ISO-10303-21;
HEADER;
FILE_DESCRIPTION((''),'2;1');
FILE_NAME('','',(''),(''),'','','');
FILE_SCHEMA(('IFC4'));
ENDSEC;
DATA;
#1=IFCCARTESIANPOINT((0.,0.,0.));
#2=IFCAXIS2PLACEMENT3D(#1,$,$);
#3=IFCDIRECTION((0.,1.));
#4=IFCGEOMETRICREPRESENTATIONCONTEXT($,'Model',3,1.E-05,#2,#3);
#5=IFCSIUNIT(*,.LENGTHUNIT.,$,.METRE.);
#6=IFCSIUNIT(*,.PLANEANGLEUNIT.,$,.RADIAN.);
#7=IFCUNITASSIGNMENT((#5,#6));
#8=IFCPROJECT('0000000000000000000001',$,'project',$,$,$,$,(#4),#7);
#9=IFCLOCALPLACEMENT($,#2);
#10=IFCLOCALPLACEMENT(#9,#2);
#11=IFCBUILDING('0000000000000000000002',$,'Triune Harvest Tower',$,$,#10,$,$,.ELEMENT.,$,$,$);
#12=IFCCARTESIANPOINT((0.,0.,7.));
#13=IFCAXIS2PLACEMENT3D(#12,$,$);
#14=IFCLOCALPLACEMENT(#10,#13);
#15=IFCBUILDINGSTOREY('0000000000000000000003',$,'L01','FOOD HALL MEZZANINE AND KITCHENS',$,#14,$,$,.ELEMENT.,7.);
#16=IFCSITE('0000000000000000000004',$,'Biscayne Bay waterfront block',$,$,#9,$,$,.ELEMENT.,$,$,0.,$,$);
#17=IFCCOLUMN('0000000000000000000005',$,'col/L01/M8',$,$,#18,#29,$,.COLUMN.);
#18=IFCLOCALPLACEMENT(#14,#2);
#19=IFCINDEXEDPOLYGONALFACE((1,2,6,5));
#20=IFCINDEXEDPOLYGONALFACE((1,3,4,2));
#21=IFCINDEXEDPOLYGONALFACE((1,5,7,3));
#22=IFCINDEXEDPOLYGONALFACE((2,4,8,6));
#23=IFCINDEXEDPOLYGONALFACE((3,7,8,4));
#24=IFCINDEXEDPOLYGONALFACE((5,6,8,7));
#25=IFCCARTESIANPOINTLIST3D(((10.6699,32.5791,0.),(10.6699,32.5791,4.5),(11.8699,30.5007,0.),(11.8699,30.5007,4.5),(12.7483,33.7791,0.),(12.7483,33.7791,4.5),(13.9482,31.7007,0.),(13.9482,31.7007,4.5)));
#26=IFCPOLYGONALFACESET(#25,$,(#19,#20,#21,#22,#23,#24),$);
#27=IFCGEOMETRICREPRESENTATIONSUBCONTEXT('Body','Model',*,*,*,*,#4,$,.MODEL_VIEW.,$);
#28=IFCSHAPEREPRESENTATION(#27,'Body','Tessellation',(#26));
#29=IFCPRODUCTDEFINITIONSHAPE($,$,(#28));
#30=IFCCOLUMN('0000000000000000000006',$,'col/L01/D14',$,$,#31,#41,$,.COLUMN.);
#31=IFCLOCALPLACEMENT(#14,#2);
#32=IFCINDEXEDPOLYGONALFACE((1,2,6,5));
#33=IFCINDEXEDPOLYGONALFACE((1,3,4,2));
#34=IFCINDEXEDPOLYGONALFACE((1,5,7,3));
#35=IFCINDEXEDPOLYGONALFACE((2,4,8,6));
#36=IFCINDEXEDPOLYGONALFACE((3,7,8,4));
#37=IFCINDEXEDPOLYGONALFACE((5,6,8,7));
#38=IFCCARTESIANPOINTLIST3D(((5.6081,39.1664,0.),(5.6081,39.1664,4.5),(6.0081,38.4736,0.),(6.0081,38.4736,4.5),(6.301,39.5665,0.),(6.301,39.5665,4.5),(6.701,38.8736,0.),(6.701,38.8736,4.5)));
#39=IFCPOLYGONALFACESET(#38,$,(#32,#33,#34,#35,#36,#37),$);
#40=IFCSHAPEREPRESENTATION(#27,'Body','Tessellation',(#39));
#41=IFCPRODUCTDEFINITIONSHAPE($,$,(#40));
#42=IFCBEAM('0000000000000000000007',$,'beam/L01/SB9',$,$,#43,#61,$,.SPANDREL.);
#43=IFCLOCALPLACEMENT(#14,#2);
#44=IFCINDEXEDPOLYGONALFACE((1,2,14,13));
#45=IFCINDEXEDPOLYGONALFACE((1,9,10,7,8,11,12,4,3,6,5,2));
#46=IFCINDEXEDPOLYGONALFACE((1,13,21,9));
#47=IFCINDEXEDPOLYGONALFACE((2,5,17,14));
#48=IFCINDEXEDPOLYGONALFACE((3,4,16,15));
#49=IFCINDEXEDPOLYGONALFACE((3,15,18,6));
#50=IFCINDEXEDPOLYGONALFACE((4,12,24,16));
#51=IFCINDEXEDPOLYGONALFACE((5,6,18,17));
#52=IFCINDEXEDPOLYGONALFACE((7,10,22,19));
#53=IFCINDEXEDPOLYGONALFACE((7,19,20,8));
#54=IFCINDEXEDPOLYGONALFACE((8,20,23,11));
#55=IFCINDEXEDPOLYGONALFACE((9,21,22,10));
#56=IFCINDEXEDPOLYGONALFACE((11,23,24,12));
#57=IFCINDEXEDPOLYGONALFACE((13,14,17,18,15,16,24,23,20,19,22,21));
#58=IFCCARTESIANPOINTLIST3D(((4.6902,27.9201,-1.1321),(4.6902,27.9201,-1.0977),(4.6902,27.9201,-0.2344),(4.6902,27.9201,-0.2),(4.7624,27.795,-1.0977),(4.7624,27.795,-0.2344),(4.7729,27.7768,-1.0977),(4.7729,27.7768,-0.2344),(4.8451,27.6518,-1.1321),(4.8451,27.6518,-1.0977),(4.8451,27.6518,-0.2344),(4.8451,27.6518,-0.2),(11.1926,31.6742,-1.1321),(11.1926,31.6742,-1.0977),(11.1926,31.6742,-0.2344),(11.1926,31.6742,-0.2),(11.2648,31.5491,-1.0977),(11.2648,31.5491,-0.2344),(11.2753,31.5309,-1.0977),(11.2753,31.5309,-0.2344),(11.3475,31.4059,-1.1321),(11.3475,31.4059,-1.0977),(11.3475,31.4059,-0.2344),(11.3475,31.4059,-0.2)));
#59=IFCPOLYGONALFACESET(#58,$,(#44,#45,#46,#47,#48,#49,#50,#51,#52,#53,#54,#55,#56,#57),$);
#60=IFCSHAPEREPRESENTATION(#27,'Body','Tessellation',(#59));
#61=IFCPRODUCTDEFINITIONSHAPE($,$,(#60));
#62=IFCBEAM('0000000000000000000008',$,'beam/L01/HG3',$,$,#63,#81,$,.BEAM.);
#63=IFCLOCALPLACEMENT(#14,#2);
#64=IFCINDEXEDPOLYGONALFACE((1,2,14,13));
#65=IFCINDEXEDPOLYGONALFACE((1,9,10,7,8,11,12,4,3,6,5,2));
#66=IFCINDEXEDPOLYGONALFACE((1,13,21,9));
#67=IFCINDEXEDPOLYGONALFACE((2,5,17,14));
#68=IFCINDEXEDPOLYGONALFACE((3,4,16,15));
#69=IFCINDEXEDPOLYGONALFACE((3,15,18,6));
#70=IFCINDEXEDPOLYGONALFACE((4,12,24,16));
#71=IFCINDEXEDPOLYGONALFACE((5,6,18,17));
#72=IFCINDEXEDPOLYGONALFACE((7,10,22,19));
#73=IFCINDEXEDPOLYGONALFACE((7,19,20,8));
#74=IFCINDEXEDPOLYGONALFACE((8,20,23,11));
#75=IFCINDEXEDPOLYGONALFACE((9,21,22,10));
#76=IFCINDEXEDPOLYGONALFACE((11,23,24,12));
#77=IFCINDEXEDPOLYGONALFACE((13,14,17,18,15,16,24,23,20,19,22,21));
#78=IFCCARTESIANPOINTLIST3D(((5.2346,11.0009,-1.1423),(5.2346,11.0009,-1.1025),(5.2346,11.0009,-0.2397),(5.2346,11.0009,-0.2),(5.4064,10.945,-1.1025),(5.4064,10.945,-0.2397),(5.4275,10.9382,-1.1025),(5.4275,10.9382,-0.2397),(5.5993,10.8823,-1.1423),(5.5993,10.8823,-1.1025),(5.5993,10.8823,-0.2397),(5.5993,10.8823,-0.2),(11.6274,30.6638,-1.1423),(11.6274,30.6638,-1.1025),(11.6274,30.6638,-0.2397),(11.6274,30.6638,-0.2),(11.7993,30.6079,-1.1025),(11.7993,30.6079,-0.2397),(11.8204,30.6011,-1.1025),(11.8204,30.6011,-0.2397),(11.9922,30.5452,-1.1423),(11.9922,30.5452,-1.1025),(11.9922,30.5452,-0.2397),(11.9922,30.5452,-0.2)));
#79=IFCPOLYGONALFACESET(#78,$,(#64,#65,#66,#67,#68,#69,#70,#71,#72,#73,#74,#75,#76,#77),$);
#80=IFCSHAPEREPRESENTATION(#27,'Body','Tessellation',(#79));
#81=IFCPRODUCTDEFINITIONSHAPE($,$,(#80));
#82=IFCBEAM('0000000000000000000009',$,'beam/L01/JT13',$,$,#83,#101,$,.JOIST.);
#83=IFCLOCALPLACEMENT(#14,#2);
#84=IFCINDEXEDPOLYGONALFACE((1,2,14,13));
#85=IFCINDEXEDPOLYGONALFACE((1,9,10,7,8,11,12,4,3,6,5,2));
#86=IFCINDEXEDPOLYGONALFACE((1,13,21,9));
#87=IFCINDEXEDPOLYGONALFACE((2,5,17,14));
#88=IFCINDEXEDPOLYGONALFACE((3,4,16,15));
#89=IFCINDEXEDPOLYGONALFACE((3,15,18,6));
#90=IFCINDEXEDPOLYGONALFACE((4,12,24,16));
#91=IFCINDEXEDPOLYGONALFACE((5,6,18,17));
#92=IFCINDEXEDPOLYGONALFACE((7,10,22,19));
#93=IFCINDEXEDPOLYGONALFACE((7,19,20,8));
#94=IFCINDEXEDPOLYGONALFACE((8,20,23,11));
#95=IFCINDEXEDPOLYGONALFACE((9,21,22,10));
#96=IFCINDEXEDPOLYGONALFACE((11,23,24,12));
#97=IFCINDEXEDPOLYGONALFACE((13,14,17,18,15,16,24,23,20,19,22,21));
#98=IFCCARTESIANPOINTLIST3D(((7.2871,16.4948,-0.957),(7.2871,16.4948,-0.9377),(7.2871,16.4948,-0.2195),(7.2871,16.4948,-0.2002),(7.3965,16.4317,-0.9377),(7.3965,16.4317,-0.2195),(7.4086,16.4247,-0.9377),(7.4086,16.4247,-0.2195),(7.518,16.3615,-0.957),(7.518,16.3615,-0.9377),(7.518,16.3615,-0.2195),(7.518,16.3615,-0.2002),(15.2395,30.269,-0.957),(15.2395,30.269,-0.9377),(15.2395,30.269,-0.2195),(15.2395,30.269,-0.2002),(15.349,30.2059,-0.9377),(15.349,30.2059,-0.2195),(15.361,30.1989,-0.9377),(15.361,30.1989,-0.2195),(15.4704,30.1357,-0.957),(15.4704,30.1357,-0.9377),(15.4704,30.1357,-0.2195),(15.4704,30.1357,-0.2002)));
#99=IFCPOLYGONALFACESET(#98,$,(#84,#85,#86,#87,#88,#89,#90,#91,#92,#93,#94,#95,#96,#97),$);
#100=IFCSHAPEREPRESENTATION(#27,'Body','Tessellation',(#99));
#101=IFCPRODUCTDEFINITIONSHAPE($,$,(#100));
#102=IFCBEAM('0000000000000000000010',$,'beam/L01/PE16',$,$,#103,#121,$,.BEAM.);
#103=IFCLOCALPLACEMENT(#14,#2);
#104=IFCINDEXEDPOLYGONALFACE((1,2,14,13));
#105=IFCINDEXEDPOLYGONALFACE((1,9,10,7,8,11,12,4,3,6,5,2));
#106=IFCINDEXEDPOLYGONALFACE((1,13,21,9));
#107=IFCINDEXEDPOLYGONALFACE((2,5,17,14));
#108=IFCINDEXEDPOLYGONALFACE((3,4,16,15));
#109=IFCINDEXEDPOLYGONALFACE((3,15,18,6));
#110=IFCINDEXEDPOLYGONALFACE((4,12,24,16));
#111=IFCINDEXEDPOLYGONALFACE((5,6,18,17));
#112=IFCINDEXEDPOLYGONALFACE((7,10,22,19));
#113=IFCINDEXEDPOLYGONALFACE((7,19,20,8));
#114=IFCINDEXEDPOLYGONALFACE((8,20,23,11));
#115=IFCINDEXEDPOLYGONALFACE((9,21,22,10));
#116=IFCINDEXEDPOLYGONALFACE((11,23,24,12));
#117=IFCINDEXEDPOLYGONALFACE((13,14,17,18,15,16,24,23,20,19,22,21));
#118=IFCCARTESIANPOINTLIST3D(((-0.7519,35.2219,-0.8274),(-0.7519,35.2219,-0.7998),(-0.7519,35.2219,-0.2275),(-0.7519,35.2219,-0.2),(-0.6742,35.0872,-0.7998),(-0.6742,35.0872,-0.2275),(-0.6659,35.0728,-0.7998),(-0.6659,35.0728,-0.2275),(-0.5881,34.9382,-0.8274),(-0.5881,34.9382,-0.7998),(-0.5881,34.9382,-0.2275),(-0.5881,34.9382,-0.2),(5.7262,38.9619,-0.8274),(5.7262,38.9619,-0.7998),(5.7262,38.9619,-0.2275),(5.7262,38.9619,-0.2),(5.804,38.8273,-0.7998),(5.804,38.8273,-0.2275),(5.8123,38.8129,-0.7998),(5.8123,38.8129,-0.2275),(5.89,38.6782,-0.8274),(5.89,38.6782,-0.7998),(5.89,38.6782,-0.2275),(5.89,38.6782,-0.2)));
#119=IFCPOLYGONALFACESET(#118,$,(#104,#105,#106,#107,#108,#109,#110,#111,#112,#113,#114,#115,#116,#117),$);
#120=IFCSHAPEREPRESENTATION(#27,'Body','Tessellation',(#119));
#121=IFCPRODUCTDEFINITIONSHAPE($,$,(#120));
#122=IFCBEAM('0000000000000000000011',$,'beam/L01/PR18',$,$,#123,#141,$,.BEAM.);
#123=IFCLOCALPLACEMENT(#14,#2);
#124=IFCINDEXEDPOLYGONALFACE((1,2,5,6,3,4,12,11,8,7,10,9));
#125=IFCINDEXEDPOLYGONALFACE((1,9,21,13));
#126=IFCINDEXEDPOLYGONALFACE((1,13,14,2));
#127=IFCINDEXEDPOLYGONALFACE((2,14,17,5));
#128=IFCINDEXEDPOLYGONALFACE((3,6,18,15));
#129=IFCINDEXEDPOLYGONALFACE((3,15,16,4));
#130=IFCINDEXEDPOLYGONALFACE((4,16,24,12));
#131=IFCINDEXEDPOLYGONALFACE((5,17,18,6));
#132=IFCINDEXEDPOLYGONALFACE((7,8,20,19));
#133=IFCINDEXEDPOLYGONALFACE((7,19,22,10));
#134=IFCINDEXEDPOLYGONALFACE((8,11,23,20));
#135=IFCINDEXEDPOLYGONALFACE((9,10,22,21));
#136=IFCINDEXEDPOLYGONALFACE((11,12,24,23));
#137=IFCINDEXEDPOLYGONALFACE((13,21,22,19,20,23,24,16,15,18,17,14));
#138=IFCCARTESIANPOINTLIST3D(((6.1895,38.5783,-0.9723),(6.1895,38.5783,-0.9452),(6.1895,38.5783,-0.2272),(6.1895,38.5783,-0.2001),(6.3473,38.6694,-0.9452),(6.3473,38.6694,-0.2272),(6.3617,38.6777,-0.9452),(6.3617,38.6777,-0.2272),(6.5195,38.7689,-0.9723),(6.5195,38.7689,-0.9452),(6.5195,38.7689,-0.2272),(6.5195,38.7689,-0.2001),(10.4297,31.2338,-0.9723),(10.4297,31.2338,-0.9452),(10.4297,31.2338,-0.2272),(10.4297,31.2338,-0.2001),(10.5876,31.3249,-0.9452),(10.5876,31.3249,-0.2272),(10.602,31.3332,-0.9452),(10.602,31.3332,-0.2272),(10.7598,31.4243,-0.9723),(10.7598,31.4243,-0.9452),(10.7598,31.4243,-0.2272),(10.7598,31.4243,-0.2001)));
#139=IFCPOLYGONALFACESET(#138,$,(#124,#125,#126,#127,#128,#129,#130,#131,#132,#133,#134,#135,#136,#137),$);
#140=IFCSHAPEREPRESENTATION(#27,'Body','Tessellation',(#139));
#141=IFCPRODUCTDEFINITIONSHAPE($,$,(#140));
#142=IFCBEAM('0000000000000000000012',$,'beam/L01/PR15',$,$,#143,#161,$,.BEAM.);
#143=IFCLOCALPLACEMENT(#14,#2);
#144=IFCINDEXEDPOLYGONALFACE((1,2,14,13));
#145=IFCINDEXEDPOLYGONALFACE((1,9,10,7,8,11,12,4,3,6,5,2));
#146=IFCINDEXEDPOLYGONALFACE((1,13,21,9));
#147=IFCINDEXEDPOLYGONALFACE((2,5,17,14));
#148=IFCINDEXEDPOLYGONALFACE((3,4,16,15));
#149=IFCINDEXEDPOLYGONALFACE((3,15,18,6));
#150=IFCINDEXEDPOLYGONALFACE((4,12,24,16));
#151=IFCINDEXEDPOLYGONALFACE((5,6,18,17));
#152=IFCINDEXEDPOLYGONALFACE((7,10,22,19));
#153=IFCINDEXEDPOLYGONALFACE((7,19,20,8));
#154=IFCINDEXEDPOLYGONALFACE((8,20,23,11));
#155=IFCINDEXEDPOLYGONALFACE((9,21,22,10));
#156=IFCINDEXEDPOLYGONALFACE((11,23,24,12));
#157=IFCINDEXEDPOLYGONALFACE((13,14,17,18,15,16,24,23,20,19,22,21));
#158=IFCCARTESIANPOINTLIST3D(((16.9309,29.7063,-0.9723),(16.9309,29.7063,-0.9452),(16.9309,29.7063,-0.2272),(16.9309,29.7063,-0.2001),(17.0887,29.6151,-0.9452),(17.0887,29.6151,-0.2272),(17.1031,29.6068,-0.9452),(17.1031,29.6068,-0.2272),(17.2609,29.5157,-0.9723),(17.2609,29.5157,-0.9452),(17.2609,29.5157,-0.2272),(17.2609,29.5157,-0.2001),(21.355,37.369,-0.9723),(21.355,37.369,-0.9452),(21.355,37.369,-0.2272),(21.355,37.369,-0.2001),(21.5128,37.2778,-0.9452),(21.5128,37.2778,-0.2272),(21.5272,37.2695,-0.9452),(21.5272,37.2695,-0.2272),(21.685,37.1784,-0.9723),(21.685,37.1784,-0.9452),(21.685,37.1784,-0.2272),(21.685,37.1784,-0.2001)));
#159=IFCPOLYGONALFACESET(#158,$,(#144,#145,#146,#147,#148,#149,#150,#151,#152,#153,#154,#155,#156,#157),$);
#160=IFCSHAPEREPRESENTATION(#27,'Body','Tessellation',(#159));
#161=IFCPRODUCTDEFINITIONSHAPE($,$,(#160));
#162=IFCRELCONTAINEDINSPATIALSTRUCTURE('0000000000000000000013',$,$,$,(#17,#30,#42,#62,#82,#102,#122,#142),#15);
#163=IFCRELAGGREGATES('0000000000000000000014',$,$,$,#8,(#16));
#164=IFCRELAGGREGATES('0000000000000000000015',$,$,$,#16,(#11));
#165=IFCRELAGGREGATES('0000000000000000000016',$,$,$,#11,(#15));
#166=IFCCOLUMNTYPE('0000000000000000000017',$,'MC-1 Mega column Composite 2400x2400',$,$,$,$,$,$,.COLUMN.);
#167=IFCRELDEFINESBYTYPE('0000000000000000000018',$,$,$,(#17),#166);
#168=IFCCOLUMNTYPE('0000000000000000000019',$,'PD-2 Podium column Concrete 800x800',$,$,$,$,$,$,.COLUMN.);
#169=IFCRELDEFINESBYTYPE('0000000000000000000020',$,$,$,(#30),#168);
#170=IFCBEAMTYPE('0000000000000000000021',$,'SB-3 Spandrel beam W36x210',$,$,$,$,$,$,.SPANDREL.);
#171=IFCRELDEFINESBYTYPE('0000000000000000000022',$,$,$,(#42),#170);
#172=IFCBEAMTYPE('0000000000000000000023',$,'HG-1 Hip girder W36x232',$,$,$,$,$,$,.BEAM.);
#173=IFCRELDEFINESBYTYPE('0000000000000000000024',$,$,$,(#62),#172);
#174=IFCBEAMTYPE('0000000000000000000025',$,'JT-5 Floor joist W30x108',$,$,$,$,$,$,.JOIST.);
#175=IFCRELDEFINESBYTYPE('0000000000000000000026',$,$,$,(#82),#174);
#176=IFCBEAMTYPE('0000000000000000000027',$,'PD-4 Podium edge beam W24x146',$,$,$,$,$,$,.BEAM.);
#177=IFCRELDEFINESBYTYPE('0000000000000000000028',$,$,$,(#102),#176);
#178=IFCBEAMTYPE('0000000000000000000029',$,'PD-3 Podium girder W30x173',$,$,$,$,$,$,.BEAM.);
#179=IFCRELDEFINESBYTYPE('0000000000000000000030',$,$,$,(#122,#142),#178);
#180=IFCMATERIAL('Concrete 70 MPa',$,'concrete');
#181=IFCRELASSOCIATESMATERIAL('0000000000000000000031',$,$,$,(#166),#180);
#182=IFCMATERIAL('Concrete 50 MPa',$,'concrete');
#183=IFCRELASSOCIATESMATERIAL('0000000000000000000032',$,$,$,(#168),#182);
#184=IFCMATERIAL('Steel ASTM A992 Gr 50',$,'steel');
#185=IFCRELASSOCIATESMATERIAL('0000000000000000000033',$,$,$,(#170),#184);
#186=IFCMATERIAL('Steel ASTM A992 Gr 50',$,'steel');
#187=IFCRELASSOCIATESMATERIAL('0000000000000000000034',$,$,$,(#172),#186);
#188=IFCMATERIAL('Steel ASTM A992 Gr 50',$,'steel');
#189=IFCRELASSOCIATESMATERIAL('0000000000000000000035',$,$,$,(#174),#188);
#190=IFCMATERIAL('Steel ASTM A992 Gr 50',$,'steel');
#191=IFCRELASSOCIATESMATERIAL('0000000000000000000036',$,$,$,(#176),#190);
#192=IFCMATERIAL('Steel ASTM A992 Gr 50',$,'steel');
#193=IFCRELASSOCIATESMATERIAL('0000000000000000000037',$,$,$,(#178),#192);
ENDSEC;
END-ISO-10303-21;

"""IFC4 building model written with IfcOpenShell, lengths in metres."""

from ifc_helpers import new_model, si_unit, direction, frame, origin, origin_2d, place, context, subcontext, project, spatial, rectangle, i_section, extrude, source, transform, mapped, material, material_profile, profile_set, type_object, element, save


model = new_model("IFC4")

# Units and contexts
model_context = context("Model", 3, precision=1e-05, world=origin(), true_north=direction((0.0, 1.0)))
body_context = subcontext(model_context, "Body", "Model", "MODEL_VIEW")
ifc_project = project(units=[si_unit("LENGTHUNIT", "METRE"), si_unit("PLANEANGLEUNIT", "RADIAN")], contexts=[model_context])

# Site, building, storey
site_placement = place(None, origin())
site = spatial("IfcSite", under=ifc_project, at=site_placement, Name="Biscayne Bay waterfront block", CompositionType="ELEMENT", RefElevation=0.0)
building_placement = place(site_placement, origin())
building = spatial("IfcBuilding", under=site, at=building_placement, Name="Triune Harvest Tower", CompositionType="ELEMENT")
storey_placement = place(building_placement, frame((0.0, 0.0, 7.0)))
storey = spatial("IfcBuildingStorey", under=building, at=storey_placement, Name="L01", Description="FOOD HALL MEZZANINE AND KITCHENS", CompositionType="ELEMENT", Elevation=7.0)

# Columns
ifc_material_1 = material(Name="Concrete 70 MPa", Category="concrete")
ifc_material_profile_1 = material_profile(ifc_material_1, rectangle(XDim=2.3999, YDim=2.3999, at=origin_2d()), Name="Composite 2400x2400")
ifc_profile_set_1 = profile_set([ifc_material_profile_1], Name="Concrete 70 MPa")
column_type_1 = type_object("IfcColumnType", Name="MC-1 Mega column Composite 2400x2400", PredefinedType="COLUMN", material=ifc_profile_set_1)
shared_shape_1 = source(origin(), body_context, "Body", "SweptSolid", [
    extrude(rectangle(XDim=2.3999, YDim=2.3999, at=origin_2d()), origin(), (0.0, 0.0, 1.0), 4.5),
])
column_1_placement = place(storey_placement, frame((12.3091, 32.1399, 0.0), z_axis=(0.0, 0.0, 1.0), x_axis=(-0.866025, -0.5, 0.0)))
element("IfcColumn", 1, at=column_1_placement, inside=storey, type_object=column_type_1, Name="col/L01/M8", PredefinedType="COLUMN", context=body_context, shape_type="MappedRepresentation", body=[
    mapped(shared_shape_1, transform((0.0, 0.0, 0.0), scale=1.0)),
])
ifc_material_2 = material(Name="Concrete 50 MPa", Category="concrete")
ifc_material_profile_2 = material_profile(ifc_material_2, rectangle(XDim=0.8, YDim=0.8, at=origin_2d()), Name="Concrete 800x800")
ifc_profile_set_2 = profile_set([ifc_material_profile_2], Name="Concrete 50 MPa")
column_type_2 = type_object("IfcColumnType", Name="PD-2 Podium column Concrete 800x800", PredefinedType="COLUMN", material=ifc_profile_set_2)
shared_shape_2 = source(origin(), body_context, "Body", "SweptSolid", [
    extrude(rectangle(XDim=0.8, YDim=0.8, at=origin_2d()), origin(), (0.0, 0.0, 1.0), 4.5),
])
column_2_placement = place(storey_placement, frame((6.1545, 39.02, 0.0), z_axis=(0.0, 0.0, 1.0), x_axis=(-0.866025, -0.5, 0.0)))
element("IfcColumn", 2, at=column_2_placement, inside=storey, type_object=column_type_2, Name="col/L01/D14", PredefinedType="COLUMN", context=body_context, shape_type="MappedRepresentation", body=[
    mapped(shared_shape_2, transform((0.0, 0.0, 0.0), scale=1.0)),
])

# Beams
ifc_material_3 = material(Name="Steel ASTM A992 Gr 50", Category="steel")
ifc_material_profile_3 = material_profile(ifc_material_3, i_section(OverallWidth=0.3098, OverallDepth=0.9321, WebThickness=0.021, FlangeThickness=0.0344, at=origin_2d()), Name="W36x210")
ifc_profile_set_3 = profile_set([ifc_material_profile_3], Name="Steel ASTM A992 Gr 50")
beam_type_1 = type_object("IfcBeamType", Name="SB-3 Spandrel beam W36x210", PredefinedType="SPANDREL", material=ifc_profile_set_3)
shared_shape_3 = source(origin(), body_context, "Body", "SweptSolid", [
    extrude(i_section(OverallWidth=0.3098, OverallDepth=0.9321, WebThickness=0.021, FlangeThickness=0.0344, at=origin_2d()), origin(), (0.0, 0.0, 1.0), 7.5083),
])
beam_1_placement = place(storey_placement, frame((11.27, 31.54, -0.666), z_axis=(-0.866027, -0.499996, 0.0), x_axis=(0.499996, -0.866027, 0.0)))
element("IfcBeam", 3, at=beam_1_placement, inside=storey, type_object=beam_type_1, Name="beam/L01/SB9", PredefinedType="SPANDREL", context=body_context, shape_type="MappedRepresentation", body=[
    mapped(shared_shape_3, transform((0.0, 0.0, 0.0), scale=1.0)),
])
ifc_material_4 = material(Name="Steel ASTM A992 Gr 50", Category="steel")
ifc_material_profile_4 = material_profile(ifc_material_4, i_section(OverallWidth=0.3835, OverallDepth=0.9424, WebThickness=0.0222, FlangeThickness=0.0398, at=origin_2d()), Name="W36x232")
ifc_profile_set_4 = profile_set([ifc_material_profile_4], Name="Steel ASTM A992 Gr 50")
beam_type_2 = type_object("IfcBeamType", Name="HG-1 Hip girder W36x232", PredefinedType="BEAM", material=ifc_profile_set_4)
shared_shape_4 = source(origin(), body_context, "Body", "SweptSolid", [
    extrude(i_section(OverallWidth=0.3835, OverallDepth=0.9424, WebThickness=0.0222, FlangeThickness=0.0398, at=origin_2d()), origin(), (0.0, 0.0, 1.0), 20.676),
])
beam_2_placement = place(storey_placement, frame((11.8098, 30.6045, -0.6711), z_axis=(-0.309191, -0.951, 0.0), x_axis=(0.951, -0.309191, 0.0)))
element("IfcBeam", 4, at=beam_2_placement, inside=storey, type_object=beam_type_2, Name="beam/L01/HG3", PredefinedType="BEAM", context=body_context, shape_type="MappedRepresentation", body=[
    mapped(shared_shape_4, transform((0.0, 0.0, 0.0), scale=1.0)),
])
ifc_material_5 = material(Name="Steel ASTM A992 Gr 50", Category="steel")
ifc_material_profile_5 = material_profile(ifc_material_5, i_section(OverallWidth=0.2666, OverallDepth=0.7568, WebThickness=0.0139, FlangeThickness=0.0193, at=origin_2d()), Name="W30x108")
ifc_profile_set_5 = profile_set([ifc_material_profile_5], Name="Steel ASTM A992 Gr 50")
beam_type_3 = type_object("IfcBeamType", Name="JT-5 Floor joist W30x108", PredefinedType="JOIST", material=ifc_profile_set_5)
shared_shape_5 = source(origin(), body_context, "Body", "SweptSolid", [
    extrude(i_section(OverallWidth=0.2666, OverallDepth=0.7568, WebThickness=0.0139, FlangeThickness=0.0193, at=origin_2d()), origin(), (0.0, 0.0, 1.0), 15.905),
])
beam_3_placement = place(storey_placement, frame((15.355, 30.2024, -0.5786), z_axis=(-0.499994, -0.866029, 0.0), x_axis=(0.866029, -0.499994, 0.0)))
element("IfcBeam", 5, at=beam_3_placement, inside=storey, type_object=beam_type_3, Name="beam/L01/JT13", PredefinedType="JOIST", context=body_context, shape_type="MappedRepresentation", body=[
    mapped(shared_shape_5, transform((0.0, 0.0, 0.0), scale=1.0)),
])
ifc_material_6 = material(Name="Steel ASTM A992 Gr 50", Category="steel")
ifc_material_profile_6 = material_profile(ifc_material_6, i_section(OverallWidth=0.3276, OverallDepth=0.6274, WebThickness=0.0166, FlangeThickness=0.0276, at=origin_2d()), Name="W24x146")
ifc_profile_set_6 = profile_set([ifc_material_profile_6], Name="Steel ASTM A992 Gr 50")
beam_type_4 = type_object("IfcBeamType", Name="PD-4 Podium edge beam W24x146", PredefinedType="BEAM", material=ifc_profile_set_6)
shared_shape_6 = source(origin(), body_context, "Body", "SweptSolid", [
    extrude(i_section(OverallWidth=0.3276, OverallDepth=0.6274, WebThickness=0.0166, FlangeThickness=0.0276, at=origin_2d()), origin(), (0.0, 0.0, 1.0), 7.4802),
])
beam_4_placement = place(storey_placement, frame((5.8081, 38.8201, -0.5137), z_axis=(-0.866031, -0.49999, 0.0), x_axis=(0.49999, -0.866031, 0.0)))
element("IfcBeam", 6, at=beam_4_placement, inside=storey, type_object=beam_type_4, Name="beam/L01/PE16", PredefinedType="BEAM", context=body_context, shape_type="MappedRepresentation", body=[
    mapped(shared_shape_6, transform((0.0, 0.0, 0.0), scale=1.0)),
])
ifc_material_7 = material(Name="Steel ASTM A992 Gr 50", Category="steel")
ifc_material_profile_7 = material_profile(ifc_material_7, i_section(OverallWidth=0.3811, OverallDepth=0.7722, WebThickness=0.0166, FlangeThickness=0.0271, at=origin_2d()), Name="W30x173")
ifc_profile_set_7 = profile_set([ifc_material_profile_7], Name="Steel ASTM A992 Gr 50")
beam_type_5 = type_object("IfcBeamType", Name="PD-3 Podium girder W30x173", PredefinedType="BEAM", material=ifc_profile_set_7)
shared_shape_7 = source(origin(), body_context, "Body", "SweptSolid", [
    extrude(i_section(OverallWidth=0.3811, OverallDepth=0.7722, WebThickness=0.0166, FlangeThickness=0.0271, at=origin_2d()), origin(), (0.0, 0.0, 1.0), 8.4807),
])
beam_5_placement = place(storey_placement, frame((6.3545, 38.6736, -0.5862), z_axis=(0.499991, -0.866031, 0.0), x_axis=(0.866031, 0.499991, 0.0)))
element("IfcBeam", 7, at=beam_5_placement, inside=storey, type_object=beam_type_5, Name="beam/L01/PR18", PredefinedType="BEAM", context=body_context, shape_type="MappedRepresentation", body=[
    mapped(shared_shape_7, transform((0.0, 0.0, 0.0), scale=1.0)),
])
shared_shape_8 = source(origin(), body_context, "Body", "SweptSolid", [
    extrude(i_section(OverallWidth=0.3811, OverallDepth=0.7722, WebThickness=0.0166, FlangeThickness=0.0271, at=origin_2d()), origin(), (0.0, 0.0, 1.0), 8.8481),
])
beam_6_placement = place(storey_placement, frame((21.52, 37.2737, -0.5862), z_axis=(-0.500006, -0.866022, 0.0), x_axis=(0.866022, -0.500006, 0.0)))
element("IfcBeam", 8, at=beam_6_placement, inside=storey, type_object=beam_type_5, Name="beam/L01/PR15", PredefinedType="BEAM", context=body_context, shape_type="MappedRepresentation", body=[
    mapped(shared_shape_8, transform((0.0, 0.0, 0.0), scale=1.0)),
])

save(model, "model.ifc")
